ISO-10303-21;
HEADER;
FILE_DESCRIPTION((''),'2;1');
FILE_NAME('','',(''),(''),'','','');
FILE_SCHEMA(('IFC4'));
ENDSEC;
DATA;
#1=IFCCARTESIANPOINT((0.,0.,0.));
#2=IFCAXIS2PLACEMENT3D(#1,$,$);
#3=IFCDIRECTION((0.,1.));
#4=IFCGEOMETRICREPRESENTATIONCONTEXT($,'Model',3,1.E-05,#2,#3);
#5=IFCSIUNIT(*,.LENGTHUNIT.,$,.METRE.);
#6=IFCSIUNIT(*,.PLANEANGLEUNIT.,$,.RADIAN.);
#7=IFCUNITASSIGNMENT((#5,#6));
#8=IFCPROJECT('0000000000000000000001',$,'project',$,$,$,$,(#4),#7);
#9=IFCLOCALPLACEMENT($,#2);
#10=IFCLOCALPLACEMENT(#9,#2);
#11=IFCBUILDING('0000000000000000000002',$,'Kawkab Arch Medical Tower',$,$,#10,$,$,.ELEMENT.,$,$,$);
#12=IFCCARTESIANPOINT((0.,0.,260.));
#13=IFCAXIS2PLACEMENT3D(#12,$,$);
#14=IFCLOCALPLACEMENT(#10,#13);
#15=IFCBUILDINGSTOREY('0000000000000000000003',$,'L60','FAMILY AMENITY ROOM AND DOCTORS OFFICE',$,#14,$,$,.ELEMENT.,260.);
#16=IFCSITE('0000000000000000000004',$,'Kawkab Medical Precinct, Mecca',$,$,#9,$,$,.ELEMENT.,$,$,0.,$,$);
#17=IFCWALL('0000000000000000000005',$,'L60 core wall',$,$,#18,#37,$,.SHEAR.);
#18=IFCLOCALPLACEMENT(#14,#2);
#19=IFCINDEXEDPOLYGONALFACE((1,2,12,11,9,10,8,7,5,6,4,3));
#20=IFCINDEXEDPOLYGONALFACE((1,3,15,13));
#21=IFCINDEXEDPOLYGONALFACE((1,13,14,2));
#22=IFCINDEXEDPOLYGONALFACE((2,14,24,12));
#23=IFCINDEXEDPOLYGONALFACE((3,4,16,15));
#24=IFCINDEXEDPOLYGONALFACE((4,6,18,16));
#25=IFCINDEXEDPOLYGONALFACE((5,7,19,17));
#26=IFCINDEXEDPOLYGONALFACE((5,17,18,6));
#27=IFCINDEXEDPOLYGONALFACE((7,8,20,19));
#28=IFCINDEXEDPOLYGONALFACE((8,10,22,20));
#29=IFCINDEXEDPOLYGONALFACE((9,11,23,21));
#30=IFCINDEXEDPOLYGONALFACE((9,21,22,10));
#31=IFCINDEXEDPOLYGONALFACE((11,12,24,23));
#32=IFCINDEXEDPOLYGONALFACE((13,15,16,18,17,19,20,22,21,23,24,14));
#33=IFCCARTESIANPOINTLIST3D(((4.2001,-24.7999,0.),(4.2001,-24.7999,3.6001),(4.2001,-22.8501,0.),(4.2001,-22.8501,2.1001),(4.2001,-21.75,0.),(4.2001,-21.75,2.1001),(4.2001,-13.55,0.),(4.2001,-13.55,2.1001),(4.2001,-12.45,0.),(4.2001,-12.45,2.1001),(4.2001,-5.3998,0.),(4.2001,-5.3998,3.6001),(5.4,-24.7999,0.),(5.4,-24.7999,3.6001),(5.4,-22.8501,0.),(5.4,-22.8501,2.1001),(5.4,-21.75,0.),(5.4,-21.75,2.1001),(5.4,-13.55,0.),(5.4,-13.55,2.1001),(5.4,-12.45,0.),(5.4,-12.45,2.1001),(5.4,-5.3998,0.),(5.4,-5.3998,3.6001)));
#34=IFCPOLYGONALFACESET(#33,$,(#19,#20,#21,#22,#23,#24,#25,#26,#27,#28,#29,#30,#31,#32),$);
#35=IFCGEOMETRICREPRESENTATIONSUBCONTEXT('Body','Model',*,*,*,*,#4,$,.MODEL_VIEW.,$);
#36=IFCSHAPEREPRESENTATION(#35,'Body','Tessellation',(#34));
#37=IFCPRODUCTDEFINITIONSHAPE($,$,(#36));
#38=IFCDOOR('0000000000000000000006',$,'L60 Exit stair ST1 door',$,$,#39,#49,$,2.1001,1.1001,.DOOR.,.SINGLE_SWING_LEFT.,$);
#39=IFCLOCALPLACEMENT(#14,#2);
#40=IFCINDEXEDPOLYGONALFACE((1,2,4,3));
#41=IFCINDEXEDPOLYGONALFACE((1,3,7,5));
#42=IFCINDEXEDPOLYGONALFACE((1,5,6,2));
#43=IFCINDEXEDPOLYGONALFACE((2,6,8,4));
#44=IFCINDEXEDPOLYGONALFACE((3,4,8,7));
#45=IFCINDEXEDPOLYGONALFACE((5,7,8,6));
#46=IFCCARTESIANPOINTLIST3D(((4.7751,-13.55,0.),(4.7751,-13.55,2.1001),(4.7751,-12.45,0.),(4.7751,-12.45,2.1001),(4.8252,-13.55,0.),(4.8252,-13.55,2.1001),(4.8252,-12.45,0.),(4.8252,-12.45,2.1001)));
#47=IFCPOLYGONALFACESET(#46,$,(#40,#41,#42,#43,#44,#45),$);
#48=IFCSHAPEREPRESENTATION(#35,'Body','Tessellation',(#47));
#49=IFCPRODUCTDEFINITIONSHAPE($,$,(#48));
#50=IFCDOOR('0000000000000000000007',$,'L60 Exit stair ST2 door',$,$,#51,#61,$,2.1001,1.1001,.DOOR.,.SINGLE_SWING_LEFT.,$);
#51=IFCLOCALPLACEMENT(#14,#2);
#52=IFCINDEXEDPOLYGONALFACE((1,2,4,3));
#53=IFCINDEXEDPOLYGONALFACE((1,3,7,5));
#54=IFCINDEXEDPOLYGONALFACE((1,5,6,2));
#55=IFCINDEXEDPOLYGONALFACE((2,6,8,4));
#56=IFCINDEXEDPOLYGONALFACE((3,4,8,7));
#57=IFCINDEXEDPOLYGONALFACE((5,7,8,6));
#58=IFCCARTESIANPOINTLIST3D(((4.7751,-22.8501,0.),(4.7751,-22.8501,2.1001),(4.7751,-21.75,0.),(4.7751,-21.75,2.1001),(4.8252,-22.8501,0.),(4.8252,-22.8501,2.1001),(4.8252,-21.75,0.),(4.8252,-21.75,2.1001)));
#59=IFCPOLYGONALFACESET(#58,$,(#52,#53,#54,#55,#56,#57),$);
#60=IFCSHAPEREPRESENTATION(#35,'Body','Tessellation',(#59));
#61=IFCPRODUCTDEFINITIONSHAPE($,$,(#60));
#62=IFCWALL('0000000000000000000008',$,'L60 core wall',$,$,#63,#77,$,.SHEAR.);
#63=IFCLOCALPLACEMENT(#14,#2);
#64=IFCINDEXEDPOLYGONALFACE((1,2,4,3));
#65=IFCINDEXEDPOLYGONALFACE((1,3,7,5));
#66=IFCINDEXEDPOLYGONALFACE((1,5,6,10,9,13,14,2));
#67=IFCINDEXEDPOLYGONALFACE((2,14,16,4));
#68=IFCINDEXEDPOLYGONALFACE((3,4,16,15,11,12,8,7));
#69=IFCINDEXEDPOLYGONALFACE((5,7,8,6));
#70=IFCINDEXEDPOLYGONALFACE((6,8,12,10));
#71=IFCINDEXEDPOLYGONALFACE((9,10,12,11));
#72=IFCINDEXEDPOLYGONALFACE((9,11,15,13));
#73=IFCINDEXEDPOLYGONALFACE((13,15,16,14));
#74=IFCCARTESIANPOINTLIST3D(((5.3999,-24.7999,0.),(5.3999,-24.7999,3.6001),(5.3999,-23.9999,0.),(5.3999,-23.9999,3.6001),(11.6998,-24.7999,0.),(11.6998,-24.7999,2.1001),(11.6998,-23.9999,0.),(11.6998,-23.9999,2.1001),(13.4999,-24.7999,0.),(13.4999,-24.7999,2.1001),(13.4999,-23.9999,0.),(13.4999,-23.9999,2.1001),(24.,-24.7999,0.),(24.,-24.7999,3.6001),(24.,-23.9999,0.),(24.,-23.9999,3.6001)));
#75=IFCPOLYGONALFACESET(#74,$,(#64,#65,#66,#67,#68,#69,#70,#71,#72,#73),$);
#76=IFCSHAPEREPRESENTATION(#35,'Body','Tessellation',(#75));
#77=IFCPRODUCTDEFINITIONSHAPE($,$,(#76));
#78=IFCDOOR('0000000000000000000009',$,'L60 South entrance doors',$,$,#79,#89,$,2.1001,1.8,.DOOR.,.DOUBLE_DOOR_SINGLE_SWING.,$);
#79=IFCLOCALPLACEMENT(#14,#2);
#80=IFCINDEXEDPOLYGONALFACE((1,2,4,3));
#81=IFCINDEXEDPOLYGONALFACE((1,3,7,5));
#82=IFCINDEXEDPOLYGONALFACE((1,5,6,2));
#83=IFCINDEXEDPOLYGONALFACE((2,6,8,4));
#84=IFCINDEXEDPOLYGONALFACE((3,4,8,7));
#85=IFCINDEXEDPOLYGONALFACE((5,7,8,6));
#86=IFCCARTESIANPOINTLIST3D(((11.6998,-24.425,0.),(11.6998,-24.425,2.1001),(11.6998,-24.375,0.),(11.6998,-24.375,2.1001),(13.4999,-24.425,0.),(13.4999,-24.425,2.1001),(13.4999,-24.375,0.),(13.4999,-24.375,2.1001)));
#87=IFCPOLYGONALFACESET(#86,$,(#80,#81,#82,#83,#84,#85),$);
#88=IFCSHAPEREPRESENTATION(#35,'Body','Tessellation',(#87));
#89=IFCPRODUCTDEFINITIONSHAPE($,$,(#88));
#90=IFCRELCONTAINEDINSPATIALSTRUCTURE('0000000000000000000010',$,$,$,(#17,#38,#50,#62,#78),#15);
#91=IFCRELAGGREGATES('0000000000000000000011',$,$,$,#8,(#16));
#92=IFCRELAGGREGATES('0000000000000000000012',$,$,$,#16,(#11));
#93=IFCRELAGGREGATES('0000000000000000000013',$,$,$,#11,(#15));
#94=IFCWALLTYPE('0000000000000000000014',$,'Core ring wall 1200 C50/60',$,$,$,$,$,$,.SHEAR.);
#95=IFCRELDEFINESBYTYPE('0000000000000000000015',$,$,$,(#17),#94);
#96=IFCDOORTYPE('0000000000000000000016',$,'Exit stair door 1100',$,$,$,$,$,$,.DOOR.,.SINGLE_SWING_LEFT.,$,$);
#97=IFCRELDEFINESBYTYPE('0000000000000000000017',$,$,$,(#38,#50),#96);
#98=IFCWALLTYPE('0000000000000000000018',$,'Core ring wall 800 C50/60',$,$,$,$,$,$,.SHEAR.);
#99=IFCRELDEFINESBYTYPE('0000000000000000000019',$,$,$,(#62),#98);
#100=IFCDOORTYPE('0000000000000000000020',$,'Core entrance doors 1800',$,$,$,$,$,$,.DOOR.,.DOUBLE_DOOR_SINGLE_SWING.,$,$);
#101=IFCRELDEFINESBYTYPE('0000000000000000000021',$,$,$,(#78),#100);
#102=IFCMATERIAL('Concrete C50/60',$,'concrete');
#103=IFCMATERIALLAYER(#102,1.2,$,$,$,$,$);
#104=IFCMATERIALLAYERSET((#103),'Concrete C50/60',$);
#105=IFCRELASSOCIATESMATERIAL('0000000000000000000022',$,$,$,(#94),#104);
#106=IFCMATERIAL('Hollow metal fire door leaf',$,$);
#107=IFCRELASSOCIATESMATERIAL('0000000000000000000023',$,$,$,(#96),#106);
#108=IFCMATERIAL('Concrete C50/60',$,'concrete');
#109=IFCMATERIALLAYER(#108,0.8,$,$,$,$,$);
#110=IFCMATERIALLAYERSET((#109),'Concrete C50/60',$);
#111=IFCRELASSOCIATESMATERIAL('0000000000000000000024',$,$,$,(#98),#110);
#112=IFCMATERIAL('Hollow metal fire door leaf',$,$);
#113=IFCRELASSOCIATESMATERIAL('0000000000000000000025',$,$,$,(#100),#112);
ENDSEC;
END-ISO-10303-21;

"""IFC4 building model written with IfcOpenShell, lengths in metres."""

from ifc_helpers import new_model, si_unit, direction, frame, frame_2d, origin, place, context, subcontext, project, spatial, rectangle, extrude, material, layer, layer_set, type_object, element, fill, save


model = new_model("IFC4")

# Units and contexts
model_context = context("Model", 3, precision=1e-05, world=origin(), true_north=direction((0.0, 1.0)))
body_context = subcontext(model_context, "Body", "Model", "MODEL_VIEW")
ifc_project = project(units=[si_unit("LENGTHUNIT", "METRE"), si_unit("PLANEANGLEUNIT", "RADIAN")], contexts=[model_context])

# Site, building, storey
site_placement = place(None, origin())
site = spatial("IfcSite", under=ifc_project, at=site_placement, Name="Kawkab Medical Precinct, Mecca", CompositionType="ELEMENT", RefElevation=0.0)
building_placement = place(site_placement, origin())
building = spatial("IfcBuilding", under=site, at=building_placement, Name="Kawkab Arch Medical Tower", CompositionType="ELEMENT")
storey_placement = place(building_placement, frame((0.0, 0.0, 260.0)))
storey = spatial("IfcBuildingStorey", under=building, at=storey_placement, Name="L60", Description="FAMILY AMENITY ROOM AND DOCTORS OFFICE", CompositionType="ELEMENT", Elevation=260.0)

# Wall, openings, doors
ifc_material_1 = material(Name="Concrete C50/60", Category="concrete")
ifc_layer_1 = layer(ifc_material_1, 1.2)
ifc_layer_set_1 = layer_set([ifc_layer_1], Name="Concrete C50/60")
wall_type_1 = type_object("IfcWallType", Name="Core ring wall 1200 C50/60", PredefinedType="SHEAR", material=ifc_layer_set_1)
wall_1_placement = place(storey_placement, frame((4.8, -24.8, 0.0), z_axis=(0.0, 0.0, 1.0), x_axis=(0.0, 1.0, 0.0)))
wall_1 = element("IfcWall", 1, at=wall_1_placement, inside=storey, type_object=wall_type_1, Name="L60 core wall", PredefinedType="SHEAR", context=body_context, shape_type="SweptSolid", body=[
    extrude(rectangle(XDim=19.4001, YDim=1.2, at=frame_2d((9.7002, 0.0))), origin(), (0.0, 0.0, 1.0), 3.6001),
])
opening_1_placement = place(wall_1_placement, frame((11.25, 0.0, 0.0)))
opening_1 = element("IfcOpeningElement", 2, at=opening_1_placement, cuts=wall_1, PredefinedType="OPENING", context=body_context, shape_type="SweptSolid", body=[
    extrude(rectangle(XDim=1.1001, YDim=2.1001, at=frame_2d((0.55, 1.05))), frame((0.0, 0.6099, 0.0), z_axis=(0.0, -1.0, 0.0), x_axis=(1.0, 0.0, 0.0)), (0.0, 0.0, 1.0), 1.22),
])
opening_2_placement = place(wall_1_placement, frame((1.95, 0.0, 0.0)))
opening_2 = element("IfcOpeningElement", 3, at=opening_2_placement, cuts=wall_1, PredefinedType="OPENING", context=body_context, shape_type="SweptSolid", body=[
    extrude(rectangle(XDim=1.1001, YDim=2.1001, at=frame_2d((0.55, 1.05))), frame((0.0, 0.6099, 0.0), z_axis=(0.0, -1.0, 0.0), x_axis=(1.0, 0.0, 0.0)), (0.0, 0.0, 1.0), 1.22),
])
ifc_material_2 = material(Name="Hollow metal fire door leaf")
door_type_1 = type_object("IfcDoorType", Name="Exit stair door 1100", OperationType="SINGLE_SWING_LEFT", PredefinedType="DOOR", material=ifc_material_2)
door_1_placement = place(opening_1_placement, origin())
door_1 = element("IfcDoor", 4, at=door_1_placement, inside=storey, type_object=door_type_1, Name="L60 Exit stair ST1 door", OperationType="SINGLE_SWING_LEFT", OverallHeight=2.1001, OverallWidth=1.1001, PredefinedType="DOOR", context=body_context, shape_type="SweptSolid", body=[
    extrude(rectangle(XDim=1.1001, YDim=2.1001, at=frame_2d((0.55, 1.05))), frame((0.0, 0.0249, 0.0), z_axis=(0.0, -1.0, 0.0), x_axis=(1.0, 0.0, 0.0)), (0.0, 0.0, 1.0), 0.05),
])
fill(opening_1, door_1)
door_2_placement = place(opening_2_placement, origin())
door_2 = element("IfcDoor", 5, at=door_2_placement, inside=storey, type_object=door_type_1, Name="L60 Exit stair ST2 door", OperationType="SINGLE_SWING_LEFT", OverallHeight=2.1001, OverallWidth=1.1001, PredefinedType="DOOR", context=body_context, shape_type="SweptSolid", body=[
    extrude(rectangle(XDim=1.1001, YDim=2.1001, at=frame_2d((0.55, 1.05))), frame((0.0, 0.0249, 0.0), z_axis=(0.0, -1.0, 0.0), x_axis=(1.0, 0.0, 0.0)), (0.0, 0.0, 1.0), 0.05),
])
fill(opening_2, door_2)

# Wall, opening, door
ifc_material_3 = material(Name="Concrete C50/60", Category="concrete")
ifc_layer_2 = layer(ifc_material_3, 0.8)
ifc_layer_set_2 = layer_set([ifc_layer_2], Name="Concrete C50/60")
wall_type_2 = type_object("IfcWallType", Name="Core ring wall 800 C50/60", PredefinedType="SHEAR", material=ifc_layer_set_2)
wall_2_placement = place(storey_placement, frame((5.3999, -24.3999, 0.0), z_axis=(0.0, 0.0, 1.0), x_axis=(1.0, 0.0, 0.0)))
wall_2 = element("IfcWall", 6, at=wall_2_placement, inside=storey, type_object=wall_type_2, Name="L60 core wall", PredefinedType="SHEAR", context=body_context, shape_type="SweptSolid", body=[
    extrude(rectangle(XDim=18.6001, YDim=0.8, at=frame_2d((9.3, 0.0))), origin(), (0.0, 0.0, 1.0), 3.6001),
])
opening_3_placement = place(wall_2_placement, frame((6.3, 0.0, 0.0)))
opening_3 = element("IfcOpeningElement", 7, at=opening_3_placement, cuts=wall_2, PredefinedType="OPENING", context=body_context, shape_type="SweptSolid", body=[
    extrude(rectangle(XDim=1.8, YDim=2.1001, at=frame_2d((0.8999, 1.05))), frame((0.0, 0.4099, 0.0), z_axis=(0.0, -1.0, 0.0), x_axis=(1.0, 0.0, 0.0)), (0.0, 0.0, 1.0), 0.8201),
])
ifc_material_4 = material(Name="Hollow metal fire door leaf")
door_type_2 = type_object("IfcDoorType", Name="Core entrance doors 1800", OperationType="DOUBLE_DOOR_SINGLE_SWING", PredefinedType="DOOR", material=ifc_material_4)
door_3_placement = place(opening_3_placement, origin())
door_3 = element("IfcDoor", 8, at=door_3_placement, inside=storey, type_object=door_type_2, Name="L60 South entrance doors", OperationType="DOUBLE_DOOR_SINGLE_SWING", OverallHeight=2.1001, OverallWidth=1.8, PredefinedType="DOOR", context=body_context, shape_type="SweptSolid", body=[
    extrude(rectangle(XDim=1.8, YDim=2.1001, at=frame_2d((0.8999, 1.05))), frame((0.0, 0.0249, 0.0), z_axis=(0.0, -1.0, 0.0), x_axis=(1.0, 0.0, 0.0)), (0.0, 0.0, 1.0), 0.05),
])
fill(opening_3, door_3)

save(model, "model.ifc")
